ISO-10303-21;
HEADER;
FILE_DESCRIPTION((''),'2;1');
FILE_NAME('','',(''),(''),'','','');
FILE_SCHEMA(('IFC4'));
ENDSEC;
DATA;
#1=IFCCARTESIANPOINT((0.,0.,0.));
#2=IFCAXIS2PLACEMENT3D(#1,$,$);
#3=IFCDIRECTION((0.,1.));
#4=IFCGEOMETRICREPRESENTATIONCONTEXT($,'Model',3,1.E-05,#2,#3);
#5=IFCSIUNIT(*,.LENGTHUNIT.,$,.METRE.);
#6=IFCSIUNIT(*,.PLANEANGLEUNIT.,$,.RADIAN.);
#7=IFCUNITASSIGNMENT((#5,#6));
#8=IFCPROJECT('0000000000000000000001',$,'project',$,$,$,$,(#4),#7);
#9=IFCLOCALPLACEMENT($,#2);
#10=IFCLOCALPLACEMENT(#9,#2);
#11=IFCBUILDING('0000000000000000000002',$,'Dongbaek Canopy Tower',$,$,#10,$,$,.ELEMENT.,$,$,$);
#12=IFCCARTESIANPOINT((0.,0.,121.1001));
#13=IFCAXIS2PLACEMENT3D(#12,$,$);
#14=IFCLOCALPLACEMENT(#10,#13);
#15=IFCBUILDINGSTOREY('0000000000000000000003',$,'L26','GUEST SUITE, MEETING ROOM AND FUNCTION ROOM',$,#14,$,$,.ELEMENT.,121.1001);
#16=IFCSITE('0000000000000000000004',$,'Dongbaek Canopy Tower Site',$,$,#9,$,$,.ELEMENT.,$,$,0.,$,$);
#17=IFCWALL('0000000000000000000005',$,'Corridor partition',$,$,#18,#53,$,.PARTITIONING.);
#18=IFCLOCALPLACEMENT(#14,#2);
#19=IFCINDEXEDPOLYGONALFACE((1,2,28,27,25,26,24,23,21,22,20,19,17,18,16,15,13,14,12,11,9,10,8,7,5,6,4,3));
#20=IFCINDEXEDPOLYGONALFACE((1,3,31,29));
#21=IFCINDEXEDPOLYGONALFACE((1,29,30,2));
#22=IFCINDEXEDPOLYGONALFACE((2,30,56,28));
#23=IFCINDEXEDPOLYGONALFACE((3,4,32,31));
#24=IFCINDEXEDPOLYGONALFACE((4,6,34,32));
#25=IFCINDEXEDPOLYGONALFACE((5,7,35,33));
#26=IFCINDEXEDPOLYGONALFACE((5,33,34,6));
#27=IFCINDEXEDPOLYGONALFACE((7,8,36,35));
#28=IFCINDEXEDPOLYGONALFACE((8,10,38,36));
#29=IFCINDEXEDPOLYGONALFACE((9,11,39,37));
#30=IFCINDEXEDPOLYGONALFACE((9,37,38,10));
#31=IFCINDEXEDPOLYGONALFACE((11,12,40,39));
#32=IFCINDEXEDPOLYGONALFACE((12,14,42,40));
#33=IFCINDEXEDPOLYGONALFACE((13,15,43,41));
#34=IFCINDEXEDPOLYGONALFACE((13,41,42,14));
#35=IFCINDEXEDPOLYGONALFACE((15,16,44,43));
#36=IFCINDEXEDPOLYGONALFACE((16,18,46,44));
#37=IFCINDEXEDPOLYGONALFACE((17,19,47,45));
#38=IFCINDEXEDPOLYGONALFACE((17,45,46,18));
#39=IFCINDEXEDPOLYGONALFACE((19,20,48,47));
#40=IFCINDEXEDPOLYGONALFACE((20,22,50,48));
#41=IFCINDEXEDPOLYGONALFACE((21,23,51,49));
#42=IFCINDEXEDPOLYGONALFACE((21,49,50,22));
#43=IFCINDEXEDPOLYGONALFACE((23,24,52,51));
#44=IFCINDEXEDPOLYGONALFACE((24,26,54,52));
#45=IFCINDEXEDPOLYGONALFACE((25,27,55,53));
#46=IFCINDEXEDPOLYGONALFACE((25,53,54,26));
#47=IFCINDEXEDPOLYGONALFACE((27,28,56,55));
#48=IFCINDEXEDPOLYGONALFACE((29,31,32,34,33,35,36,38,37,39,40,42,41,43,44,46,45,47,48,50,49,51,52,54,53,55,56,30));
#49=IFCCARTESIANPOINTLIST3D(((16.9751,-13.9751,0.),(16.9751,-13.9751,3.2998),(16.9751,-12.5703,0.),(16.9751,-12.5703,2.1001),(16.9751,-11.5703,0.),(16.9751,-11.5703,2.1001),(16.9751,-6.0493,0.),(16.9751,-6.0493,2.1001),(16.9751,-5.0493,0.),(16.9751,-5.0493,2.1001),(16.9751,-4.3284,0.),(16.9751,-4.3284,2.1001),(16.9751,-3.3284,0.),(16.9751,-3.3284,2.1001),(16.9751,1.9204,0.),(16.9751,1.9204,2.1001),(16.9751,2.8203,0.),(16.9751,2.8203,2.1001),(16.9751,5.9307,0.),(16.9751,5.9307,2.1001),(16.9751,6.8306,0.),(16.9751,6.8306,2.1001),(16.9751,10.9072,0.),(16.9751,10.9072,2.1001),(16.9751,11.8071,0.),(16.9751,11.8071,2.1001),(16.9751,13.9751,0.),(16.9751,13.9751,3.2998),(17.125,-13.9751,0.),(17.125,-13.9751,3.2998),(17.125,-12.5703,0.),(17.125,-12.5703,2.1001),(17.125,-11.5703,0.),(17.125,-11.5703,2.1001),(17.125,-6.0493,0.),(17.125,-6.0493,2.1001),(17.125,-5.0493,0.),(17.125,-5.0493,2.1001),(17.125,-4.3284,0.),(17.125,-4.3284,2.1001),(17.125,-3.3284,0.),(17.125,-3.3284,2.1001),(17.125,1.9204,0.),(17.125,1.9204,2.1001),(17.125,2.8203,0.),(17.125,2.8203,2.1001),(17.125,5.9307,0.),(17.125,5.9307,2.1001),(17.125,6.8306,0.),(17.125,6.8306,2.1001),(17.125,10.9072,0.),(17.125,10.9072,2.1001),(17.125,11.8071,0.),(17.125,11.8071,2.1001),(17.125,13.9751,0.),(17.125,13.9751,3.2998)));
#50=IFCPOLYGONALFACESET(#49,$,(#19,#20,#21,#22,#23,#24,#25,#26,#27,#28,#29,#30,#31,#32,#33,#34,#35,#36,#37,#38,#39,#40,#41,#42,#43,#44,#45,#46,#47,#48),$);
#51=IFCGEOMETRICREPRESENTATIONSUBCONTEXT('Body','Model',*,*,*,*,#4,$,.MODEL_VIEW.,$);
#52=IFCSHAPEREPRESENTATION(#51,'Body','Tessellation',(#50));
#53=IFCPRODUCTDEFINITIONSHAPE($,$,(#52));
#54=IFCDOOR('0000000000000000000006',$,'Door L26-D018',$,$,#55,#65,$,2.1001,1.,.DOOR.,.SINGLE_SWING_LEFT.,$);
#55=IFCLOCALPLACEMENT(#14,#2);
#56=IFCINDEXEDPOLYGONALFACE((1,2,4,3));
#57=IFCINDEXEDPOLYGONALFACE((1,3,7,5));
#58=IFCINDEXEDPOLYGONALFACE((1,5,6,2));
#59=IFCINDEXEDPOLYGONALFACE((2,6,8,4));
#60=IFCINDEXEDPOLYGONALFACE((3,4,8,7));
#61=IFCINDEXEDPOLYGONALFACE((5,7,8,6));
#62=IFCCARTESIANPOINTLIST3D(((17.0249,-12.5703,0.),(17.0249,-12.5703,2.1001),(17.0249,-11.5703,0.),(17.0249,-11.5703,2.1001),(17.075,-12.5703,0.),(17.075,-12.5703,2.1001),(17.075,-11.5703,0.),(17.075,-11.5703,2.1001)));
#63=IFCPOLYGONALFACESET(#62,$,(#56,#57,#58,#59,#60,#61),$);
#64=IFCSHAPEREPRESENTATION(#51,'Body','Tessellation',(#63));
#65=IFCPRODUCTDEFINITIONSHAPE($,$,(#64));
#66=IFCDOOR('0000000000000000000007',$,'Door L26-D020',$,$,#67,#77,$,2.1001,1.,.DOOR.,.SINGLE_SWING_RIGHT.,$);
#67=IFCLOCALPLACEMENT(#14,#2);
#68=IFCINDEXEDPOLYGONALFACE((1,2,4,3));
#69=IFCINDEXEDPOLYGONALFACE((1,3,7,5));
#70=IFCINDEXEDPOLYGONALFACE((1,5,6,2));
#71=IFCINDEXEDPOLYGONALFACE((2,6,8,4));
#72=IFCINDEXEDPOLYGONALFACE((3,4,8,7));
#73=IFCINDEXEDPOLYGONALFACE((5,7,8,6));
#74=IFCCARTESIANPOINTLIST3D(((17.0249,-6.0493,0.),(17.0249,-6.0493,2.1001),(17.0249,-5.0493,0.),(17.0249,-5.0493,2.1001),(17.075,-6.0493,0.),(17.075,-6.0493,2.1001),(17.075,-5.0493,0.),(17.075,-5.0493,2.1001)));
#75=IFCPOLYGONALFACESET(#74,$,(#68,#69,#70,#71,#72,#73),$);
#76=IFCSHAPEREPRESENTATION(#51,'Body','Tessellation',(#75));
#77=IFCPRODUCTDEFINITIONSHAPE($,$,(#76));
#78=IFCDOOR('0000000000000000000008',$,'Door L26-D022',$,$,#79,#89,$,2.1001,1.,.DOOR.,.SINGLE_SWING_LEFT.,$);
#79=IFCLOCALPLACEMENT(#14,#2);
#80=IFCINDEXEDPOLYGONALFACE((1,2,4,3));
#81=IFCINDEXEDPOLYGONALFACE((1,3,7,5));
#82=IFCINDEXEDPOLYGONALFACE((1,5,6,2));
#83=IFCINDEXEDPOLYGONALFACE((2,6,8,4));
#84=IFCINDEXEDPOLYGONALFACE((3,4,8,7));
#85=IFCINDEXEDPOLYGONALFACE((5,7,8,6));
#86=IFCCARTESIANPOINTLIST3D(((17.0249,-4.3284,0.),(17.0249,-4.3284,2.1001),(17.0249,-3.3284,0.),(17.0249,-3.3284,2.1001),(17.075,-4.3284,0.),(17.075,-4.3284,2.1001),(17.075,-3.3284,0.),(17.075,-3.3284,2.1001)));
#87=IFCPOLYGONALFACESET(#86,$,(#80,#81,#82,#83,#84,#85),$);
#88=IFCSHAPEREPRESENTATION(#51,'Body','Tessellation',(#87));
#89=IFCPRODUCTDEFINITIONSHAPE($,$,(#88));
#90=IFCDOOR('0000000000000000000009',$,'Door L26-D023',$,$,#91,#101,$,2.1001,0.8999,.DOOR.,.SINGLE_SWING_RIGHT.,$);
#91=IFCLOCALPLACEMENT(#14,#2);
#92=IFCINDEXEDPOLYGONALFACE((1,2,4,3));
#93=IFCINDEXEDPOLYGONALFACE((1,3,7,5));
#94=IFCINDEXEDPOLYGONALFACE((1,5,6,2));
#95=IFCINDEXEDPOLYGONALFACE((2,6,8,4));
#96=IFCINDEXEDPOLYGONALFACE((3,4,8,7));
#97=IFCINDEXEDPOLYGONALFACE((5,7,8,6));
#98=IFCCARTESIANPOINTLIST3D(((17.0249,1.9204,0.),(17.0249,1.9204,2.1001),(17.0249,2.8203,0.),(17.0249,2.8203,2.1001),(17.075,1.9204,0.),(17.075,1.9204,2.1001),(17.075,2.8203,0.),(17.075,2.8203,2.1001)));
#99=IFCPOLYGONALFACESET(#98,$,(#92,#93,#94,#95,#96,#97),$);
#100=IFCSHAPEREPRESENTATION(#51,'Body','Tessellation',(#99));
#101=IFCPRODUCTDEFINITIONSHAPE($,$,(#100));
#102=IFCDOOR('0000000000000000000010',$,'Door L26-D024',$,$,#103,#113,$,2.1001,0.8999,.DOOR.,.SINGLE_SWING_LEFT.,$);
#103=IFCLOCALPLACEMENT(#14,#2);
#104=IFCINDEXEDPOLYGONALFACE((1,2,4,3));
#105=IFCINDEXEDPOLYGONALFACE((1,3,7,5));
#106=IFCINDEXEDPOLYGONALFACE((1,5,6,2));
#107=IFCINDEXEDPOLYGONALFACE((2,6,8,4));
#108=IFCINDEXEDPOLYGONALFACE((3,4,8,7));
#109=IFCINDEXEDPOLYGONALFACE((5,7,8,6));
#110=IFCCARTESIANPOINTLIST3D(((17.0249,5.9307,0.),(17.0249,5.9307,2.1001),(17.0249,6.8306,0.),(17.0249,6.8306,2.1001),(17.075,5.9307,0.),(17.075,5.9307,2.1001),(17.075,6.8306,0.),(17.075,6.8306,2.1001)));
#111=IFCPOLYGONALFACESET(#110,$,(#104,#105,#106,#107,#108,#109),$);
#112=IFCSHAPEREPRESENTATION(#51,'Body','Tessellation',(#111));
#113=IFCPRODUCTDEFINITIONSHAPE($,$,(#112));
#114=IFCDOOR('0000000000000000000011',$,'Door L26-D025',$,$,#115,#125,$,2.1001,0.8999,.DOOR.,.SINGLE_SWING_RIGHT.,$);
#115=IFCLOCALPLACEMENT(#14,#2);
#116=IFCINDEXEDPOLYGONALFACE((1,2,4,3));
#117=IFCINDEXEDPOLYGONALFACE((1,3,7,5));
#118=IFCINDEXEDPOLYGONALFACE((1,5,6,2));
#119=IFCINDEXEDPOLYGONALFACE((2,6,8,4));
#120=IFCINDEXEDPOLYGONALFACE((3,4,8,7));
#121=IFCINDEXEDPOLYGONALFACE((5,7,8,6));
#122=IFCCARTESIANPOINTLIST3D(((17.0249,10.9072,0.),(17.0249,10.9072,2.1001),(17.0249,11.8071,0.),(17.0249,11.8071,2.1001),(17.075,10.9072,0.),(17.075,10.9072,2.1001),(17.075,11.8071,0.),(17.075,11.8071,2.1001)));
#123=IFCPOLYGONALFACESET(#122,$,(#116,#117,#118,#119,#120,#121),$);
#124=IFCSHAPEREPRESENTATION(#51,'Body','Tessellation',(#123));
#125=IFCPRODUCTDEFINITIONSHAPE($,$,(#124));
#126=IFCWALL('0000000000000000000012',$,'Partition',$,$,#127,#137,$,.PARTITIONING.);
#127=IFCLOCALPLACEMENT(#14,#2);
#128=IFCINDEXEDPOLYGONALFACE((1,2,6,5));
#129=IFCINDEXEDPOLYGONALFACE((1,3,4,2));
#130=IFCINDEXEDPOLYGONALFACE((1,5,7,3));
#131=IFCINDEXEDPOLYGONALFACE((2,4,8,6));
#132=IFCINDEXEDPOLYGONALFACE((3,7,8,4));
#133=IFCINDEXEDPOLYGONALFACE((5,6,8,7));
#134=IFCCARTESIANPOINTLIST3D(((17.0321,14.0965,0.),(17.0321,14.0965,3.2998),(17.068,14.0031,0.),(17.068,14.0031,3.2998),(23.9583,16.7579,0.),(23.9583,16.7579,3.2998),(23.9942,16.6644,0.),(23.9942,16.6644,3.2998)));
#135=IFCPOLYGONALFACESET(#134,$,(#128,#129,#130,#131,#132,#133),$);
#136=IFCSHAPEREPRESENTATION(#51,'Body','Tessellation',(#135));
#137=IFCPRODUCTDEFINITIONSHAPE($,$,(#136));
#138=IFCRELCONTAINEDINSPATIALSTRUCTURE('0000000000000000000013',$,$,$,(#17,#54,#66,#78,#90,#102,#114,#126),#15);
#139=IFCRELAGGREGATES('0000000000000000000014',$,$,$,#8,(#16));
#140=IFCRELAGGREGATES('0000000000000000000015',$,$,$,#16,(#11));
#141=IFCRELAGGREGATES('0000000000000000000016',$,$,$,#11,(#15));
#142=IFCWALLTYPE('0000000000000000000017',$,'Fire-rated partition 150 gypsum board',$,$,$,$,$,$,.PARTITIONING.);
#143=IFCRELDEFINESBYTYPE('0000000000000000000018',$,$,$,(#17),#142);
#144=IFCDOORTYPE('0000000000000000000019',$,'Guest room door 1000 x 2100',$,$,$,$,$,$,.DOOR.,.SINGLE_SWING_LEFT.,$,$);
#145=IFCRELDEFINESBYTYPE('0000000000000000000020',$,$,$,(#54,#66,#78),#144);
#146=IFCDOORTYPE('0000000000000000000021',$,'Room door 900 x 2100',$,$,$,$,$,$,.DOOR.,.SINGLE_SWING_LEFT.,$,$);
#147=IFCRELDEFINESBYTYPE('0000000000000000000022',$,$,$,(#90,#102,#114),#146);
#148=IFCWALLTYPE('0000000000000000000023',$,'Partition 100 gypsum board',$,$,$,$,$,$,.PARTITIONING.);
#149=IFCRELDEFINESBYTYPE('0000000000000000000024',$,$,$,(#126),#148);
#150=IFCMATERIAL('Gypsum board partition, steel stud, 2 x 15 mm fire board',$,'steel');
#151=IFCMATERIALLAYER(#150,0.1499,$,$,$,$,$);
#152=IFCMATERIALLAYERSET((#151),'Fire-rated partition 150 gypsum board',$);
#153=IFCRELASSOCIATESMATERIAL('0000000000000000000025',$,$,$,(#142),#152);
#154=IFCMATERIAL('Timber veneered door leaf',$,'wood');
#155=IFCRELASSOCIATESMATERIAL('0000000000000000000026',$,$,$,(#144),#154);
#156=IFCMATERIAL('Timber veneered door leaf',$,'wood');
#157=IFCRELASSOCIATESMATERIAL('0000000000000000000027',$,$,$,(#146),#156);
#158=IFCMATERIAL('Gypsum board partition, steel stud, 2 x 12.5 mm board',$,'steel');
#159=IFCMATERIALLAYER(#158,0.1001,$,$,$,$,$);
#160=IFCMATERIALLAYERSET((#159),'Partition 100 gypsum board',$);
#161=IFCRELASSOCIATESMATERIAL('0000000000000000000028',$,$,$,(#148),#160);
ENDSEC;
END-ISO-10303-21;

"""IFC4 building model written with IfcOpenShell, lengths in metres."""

from ifc_helpers import new_model, si_unit, direction, frame, frame_2d, origin, place, context, subcontext, project, spatial, rectangle, extrude, material, layer, layer_set, type_object, element, fill, save


model = new_model("IFC4")

# Units and contexts
model_context = context("Model", 3, precision=1e-05, world=origin(), true_north=direction((0.0, 1.0)))
body_context = subcontext(model_context, "Body", "Model", "MODEL_VIEW")
ifc_project = project(units=[si_unit("LENGTHUNIT", "METRE"), si_unit("PLANEANGLEUNIT", "RADIAN")], contexts=[model_context])

# Site, building, storey
site_placement = place(None, origin())
site = spatial("IfcSite", under=ifc_project, at=site_placement, Name="Dongbaek Canopy Tower Site", CompositionType="ELEMENT", RefElevation=0.0)
building_placement = place(site_placement, origin())
building = spatial("IfcBuilding", under=site, at=building_placement, Name="Dongbaek Canopy Tower", CompositionType="ELEMENT")
storey_placement = place(building_placement, frame((0.0, 0.0, 121.1001)))
storey = spatial("IfcBuildingStorey", under=building, at=storey_placement, Name="L26", Description="GUEST SUITE, MEETING ROOM AND FUNCTION ROOM", CompositionType="ELEMENT", Elevation=121.1001)

# Wall, openings, doors
ifc_material_1 = material(Name="Gypsum board partition, steel stud, 2 x 15 mm fire board", Category="steel")
ifc_layer_1 = layer(ifc_material_1, 0.1499)
ifc_layer_set_1 = layer_set([ifc_layer_1], Name="Fire-rated partition 150 gypsum board")
wall_type_1 = type_object("IfcWallType", Name="Fire-rated partition 150 gypsum board", PredefinedType="PARTITIONING", material=ifc_layer_set_1)
wall_1_placement = place(storey_placement, frame((17.05, 13.9751, 0.0), z_axis=(0.0, 0.0, 1.0), x_axis=(0.0, -1.0, 0.0)))
wall_1 = element("IfcWall", 1, at=wall_1_placement, inside=storey, type_object=wall_type_1, Name="Corridor partition", PredefinedType="PARTITIONING", context=body_context, shape_type="SweptSolid", body=[
    extrude(rectangle(XDim=27.9502, YDim=0.1499, at=frame_2d((13.9751, 0.0))), origin(), (0.0, 0.0, 1.0), 3.2998),
])
opening_1_placement = place(wall_1_placement, frame((25.5454, 0.0, 0.0)))
opening_1 = element("IfcOpeningElement", 2, at=opening_1_placement, cuts=wall_1, PredefinedType="OPENING", context=body_context, shape_type="SweptSolid", body=[
    extrude(rectangle(XDim=1.0, YDim=2.1001, at=frame_2d((0.5, 1.05))), frame((0.0, 0.085, 0.0), z_axis=(0.0, -1.0, 0.0), x_axis=(1.0, 0.0, 0.0)), (0.0, 0.0, 1.0), 0.1699),
])
opening_2_placement = place(wall_1_placement, frame((19.0244, 0.0, 0.0)))
opening_2 = element("IfcOpeningElement", 3, at=opening_2_placement, cuts=wall_1, PredefinedType="OPENING", context=body_context, shape_type="SweptSolid", body=[
    extrude(rectangle(XDim=1.0, YDim=2.1001, at=frame_2d((0.5, 1.05))), frame((0.0, 0.085, 0.0), z_axis=(0.0, -1.0, 0.0), x_axis=(1.0, 0.0, 0.0)), (0.0, 0.0, 1.0), 0.1699),
])
opening_3_placement = place(wall_1_placement, frame((17.3035, 0.0, 0.0)))
opening_3 = element("IfcOpeningElement", 4, at=opening_3_placement, cuts=wall_1, PredefinedType="OPENING", context=body_context, shape_type="SweptSolid", body=[
    extrude(rectangle(XDim=1.0, YDim=2.1001, at=frame_2d((0.5, 1.05))), frame((0.0, 0.085, 0.0), z_axis=(0.0, -1.0, 0.0), x_axis=(1.0, 0.0, 0.0)), (0.0, 0.0, 1.0), 0.1699),
])
opening_4_placement = place(wall_1_placement, frame((11.1548, 0.0, 0.0)))
opening_4 = element("IfcOpeningElement", 5, at=opening_4_placement, cuts=wall_1, PredefinedType="OPENING", context=body_context, shape_type="SweptSolid", body=[
    extrude(rectangle(XDim=0.8999, YDim=2.1001, at=frame_2d((0.45, 1.05))), frame((0.0, 0.085, 0.0), z_axis=(0.0, -1.0, 0.0), x_axis=(1.0, 0.0, 0.0)), (0.0, 0.0, 1.0), 0.1699),
])
opening_5_placement = place(wall_1_placement, frame((7.1445, 0.0, 0.0)))
opening_5 = element("IfcOpeningElement", 6, at=opening_5_placement, cuts=wall_1, PredefinedType="OPENING", context=body_context, shape_type="SweptSolid", body=[
    extrude(rectangle(XDim=0.8999, YDim=2.1001, at=frame_2d((0.45, 1.05))), frame((0.0, 0.085, 0.0), z_axis=(0.0, -1.0, 0.0), x_axis=(1.0, 0.0, 0.0)), (0.0, 0.0, 1.0), 0.1699),
])
opening_6_placement = place(wall_1_placement, frame((2.168, 0.0, 0.0)))
opening_6 = element("IfcOpeningElement", 7, at=opening_6_placement, cuts=wall_1, PredefinedType="OPENING", context=body_context, shape_type="SweptSolid", body=[
    extrude(rectangle(XDim=0.8999, YDim=2.1001, at=frame_2d((0.45, 1.05))), frame((0.0, 0.085, 0.0), z_axis=(0.0, -1.0, 0.0), x_axis=(1.0, 0.0, 0.0)), (0.0, 0.0, 1.0), 0.1699),
])
ifc_material_2 = material(Name="Timber veneered door leaf", Category="wood")
door_type_1 = type_object("IfcDoorType", Name="Guest room door 1000 x 2100", OperationType="SINGLE_SWING_LEFT", PredefinedType="DOOR", material=ifc_material_2)
door_1_placement = place(opening_1_placement, origin())
door_1 = element("IfcDoor", 8, at=door_1_placement, inside=storey, type_object=door_type_1, Name="Door L26-D018", OperationType="SINGLE_SWING_LEFT", OverallHeight=2.1001, OverallWidth=1.0, PredefinedType="DOOR", context=body_context, shape_type="SweptSolid", body=[
    extrude(rectangle(XDim=1.0, YDim=2.1001, at=frame_2d((0.5, 1.05))), frame((0.0, 0.0249, 0.0), z_axis=(0.0, -1.0, 0.0), x_axis=(1.0, 0.0, 0.0)), (0.0, 0.0, 1.0), 0.05),
])
fill(opening_1, door_1)
door_2_placement = place(opening_2_placement, origin())
door_2 = element("IfcDoor", 9, at=door_2_placement, inside=storey, type_object=door_type_1, Name="Door L26-D020", OperationType="SINGLE_SWING_RIGHT", OverallHeight=2.1001, OverallWidth=1.0, PredefinedType="DOOR", context=body_context, shape_type="SweptSolid", body=[
    extrude(rectangle(XDim=1.0, YDim=2.1001, at=frame_2d((0.5, 1.05))), frame((0.0, 0.0249, 0.0), z_axis=(0.0, -1.0, 0.0), x_axis=(1.0, 0.0, 0.0)), (0.0, 0.0, 1.0), 0.05),
])
fill(opening_2, door_2)
door_3_placement = place(opening_3_placement, origin())
door_3 = element("IfcDoor", 10, at=door_3_placement, inside=storey, type_object=door_type_1, Name="Door L26-D022", OperationType="SINGLE_SWING_LEFT", OverallHeight=2.1001, OverallWidth=1.0, PredefinedType="DOOR", context=body_context, shape_type="SweptSolid", body=[
    extrude(rectangle(XDim=1.0, YDim=2.1001, at=frame_2d((0.5, 1.05))), frame((0.0, 0.0249, 0.0), z_axis=(0.0, -1.0, 0.0), x_axis=(1.0, 0.0, 0.0)), (0.0, 0.0, 1.0), 0.05),
])
fill(opening_3, door_3)
ifc_material_3 = material(Name="Timber veneered door leaf", Category="wood")
door_type_2 = type_object("IfcDoorType", Name="Room door 900 x 2100", OperationType="SINGLE_SWING_LEFT", PredefinedType="DOOR", material=ifc_material_3)
door_4_placement = place(opening_4_placement, origin())
door_4 = element("IfcDoor", 11, at=door_4_placement, inside=storey, type_object=door_type_2, Name="Door L26-D023", OperationType="SINGLE_SWING_RIGHT", OverallHeight=2.1001, OverallWidth=0.8999, PredefinedType="DOOR", context=body_context, shape_type="SweptSolid", body=[
    extrude(rectangle(XDim=0.8999, YDim=2.1001, at=frame_2d((0.45, 1.05))), frame((0.0, 0.0249, 0.0), z_axis=(0.0, -1.0, 0.0), x_axis=(1.0, 0.0, 0.0)), (0.0, 0.0, 1.0), 0.05),
])
fill(opening_4, door_4)
door_5_placement = place(opening_5_placement, origin())
door_5 = element("IfcDoor", 12, at=door_5_placement, inside=storey, type_object=door_type_2, Name="Door L26-D024", OperationType="SINGLE_SWING_LEFT", OverallHeight=2.1001, OverallWidth=0.8999, PredefinedType="DOOR", context=body_context, shape_type="SweptSolid", body=[
    extrude(rectangle(XDim=0.8999, YDim=2.1001, at=frame_2d((0.45, 1.05))), frame((0.0, 0.0249, 0.0), z_axis=(0.0, -1.0, 0.0), x_axis=(1.0, 0.0, 0.0)), (0.0, 0.0, 1.0), 0.05),
])
fill(opening_5, door_5)
door_6_placement = place(opening_6_placement, origin())
door_6 = element("IfcDoor", 13, at=door_6_placement, inside=storey, type_object=door_type_2, Name="Door L26-D025", OperationType="SINGLE_SWING_RIGHT", OverallHeight=2.1001, OverallWidth=0.8999, PredefinedType="DOOR", context=body_context, shape_type="SweptSolid", body=[
    extrude(rectangle(XDim=0.8999, YDim=2.1001, at=frame_2d((0.45, 1.05))), frame((0.0, 0.0249, 0.0), z_axis=(0.0, -1.0, 0.0), x_axis=(1.0, 0.0, 0.0)), (0.0, 0.0, 1.0), 0.05),
])
fill(opening_6, door_6)

# Wall
ifc_material_4 = material(Name="Gypsum board partition, steel stud, 2 x 12.5 mm board", Category="steel")
ifc_layer_2 = layer(ifc_material_4, 0.1001)
ifc_layer_set_2 = layer_set([ifc_layer_2], Name="Partition 100 gypsum board")
wall_type_2 = type_object("IfcWallType", Name="Partition 100 gypsum board", PredefinedType="PARTITIONING", material=ifc_layer_set_2)
wall_2_placement = place(storey_placement, frame((17.05, 14.0498, 0.0), z_axis=(0.0, 0.0, 1.0), x_axis=(0.933462, 0.358677, 0.0)))
element("IfcWall", 14, at=wall_2_placement, inside=storey, type_object=wall_type_2, Name="Partition", PredefinedType="PARTITIONING", context=body_context, shape_type="SweptSolid", body=[
    extrude(rectangle(XDim=7.4199, YDim=0.1001, at=frame_2d((3.71, 0.0))), origin(), (0.0, 0.0, 1.0), 3.2998),
])

save(model, "model.ifc")
